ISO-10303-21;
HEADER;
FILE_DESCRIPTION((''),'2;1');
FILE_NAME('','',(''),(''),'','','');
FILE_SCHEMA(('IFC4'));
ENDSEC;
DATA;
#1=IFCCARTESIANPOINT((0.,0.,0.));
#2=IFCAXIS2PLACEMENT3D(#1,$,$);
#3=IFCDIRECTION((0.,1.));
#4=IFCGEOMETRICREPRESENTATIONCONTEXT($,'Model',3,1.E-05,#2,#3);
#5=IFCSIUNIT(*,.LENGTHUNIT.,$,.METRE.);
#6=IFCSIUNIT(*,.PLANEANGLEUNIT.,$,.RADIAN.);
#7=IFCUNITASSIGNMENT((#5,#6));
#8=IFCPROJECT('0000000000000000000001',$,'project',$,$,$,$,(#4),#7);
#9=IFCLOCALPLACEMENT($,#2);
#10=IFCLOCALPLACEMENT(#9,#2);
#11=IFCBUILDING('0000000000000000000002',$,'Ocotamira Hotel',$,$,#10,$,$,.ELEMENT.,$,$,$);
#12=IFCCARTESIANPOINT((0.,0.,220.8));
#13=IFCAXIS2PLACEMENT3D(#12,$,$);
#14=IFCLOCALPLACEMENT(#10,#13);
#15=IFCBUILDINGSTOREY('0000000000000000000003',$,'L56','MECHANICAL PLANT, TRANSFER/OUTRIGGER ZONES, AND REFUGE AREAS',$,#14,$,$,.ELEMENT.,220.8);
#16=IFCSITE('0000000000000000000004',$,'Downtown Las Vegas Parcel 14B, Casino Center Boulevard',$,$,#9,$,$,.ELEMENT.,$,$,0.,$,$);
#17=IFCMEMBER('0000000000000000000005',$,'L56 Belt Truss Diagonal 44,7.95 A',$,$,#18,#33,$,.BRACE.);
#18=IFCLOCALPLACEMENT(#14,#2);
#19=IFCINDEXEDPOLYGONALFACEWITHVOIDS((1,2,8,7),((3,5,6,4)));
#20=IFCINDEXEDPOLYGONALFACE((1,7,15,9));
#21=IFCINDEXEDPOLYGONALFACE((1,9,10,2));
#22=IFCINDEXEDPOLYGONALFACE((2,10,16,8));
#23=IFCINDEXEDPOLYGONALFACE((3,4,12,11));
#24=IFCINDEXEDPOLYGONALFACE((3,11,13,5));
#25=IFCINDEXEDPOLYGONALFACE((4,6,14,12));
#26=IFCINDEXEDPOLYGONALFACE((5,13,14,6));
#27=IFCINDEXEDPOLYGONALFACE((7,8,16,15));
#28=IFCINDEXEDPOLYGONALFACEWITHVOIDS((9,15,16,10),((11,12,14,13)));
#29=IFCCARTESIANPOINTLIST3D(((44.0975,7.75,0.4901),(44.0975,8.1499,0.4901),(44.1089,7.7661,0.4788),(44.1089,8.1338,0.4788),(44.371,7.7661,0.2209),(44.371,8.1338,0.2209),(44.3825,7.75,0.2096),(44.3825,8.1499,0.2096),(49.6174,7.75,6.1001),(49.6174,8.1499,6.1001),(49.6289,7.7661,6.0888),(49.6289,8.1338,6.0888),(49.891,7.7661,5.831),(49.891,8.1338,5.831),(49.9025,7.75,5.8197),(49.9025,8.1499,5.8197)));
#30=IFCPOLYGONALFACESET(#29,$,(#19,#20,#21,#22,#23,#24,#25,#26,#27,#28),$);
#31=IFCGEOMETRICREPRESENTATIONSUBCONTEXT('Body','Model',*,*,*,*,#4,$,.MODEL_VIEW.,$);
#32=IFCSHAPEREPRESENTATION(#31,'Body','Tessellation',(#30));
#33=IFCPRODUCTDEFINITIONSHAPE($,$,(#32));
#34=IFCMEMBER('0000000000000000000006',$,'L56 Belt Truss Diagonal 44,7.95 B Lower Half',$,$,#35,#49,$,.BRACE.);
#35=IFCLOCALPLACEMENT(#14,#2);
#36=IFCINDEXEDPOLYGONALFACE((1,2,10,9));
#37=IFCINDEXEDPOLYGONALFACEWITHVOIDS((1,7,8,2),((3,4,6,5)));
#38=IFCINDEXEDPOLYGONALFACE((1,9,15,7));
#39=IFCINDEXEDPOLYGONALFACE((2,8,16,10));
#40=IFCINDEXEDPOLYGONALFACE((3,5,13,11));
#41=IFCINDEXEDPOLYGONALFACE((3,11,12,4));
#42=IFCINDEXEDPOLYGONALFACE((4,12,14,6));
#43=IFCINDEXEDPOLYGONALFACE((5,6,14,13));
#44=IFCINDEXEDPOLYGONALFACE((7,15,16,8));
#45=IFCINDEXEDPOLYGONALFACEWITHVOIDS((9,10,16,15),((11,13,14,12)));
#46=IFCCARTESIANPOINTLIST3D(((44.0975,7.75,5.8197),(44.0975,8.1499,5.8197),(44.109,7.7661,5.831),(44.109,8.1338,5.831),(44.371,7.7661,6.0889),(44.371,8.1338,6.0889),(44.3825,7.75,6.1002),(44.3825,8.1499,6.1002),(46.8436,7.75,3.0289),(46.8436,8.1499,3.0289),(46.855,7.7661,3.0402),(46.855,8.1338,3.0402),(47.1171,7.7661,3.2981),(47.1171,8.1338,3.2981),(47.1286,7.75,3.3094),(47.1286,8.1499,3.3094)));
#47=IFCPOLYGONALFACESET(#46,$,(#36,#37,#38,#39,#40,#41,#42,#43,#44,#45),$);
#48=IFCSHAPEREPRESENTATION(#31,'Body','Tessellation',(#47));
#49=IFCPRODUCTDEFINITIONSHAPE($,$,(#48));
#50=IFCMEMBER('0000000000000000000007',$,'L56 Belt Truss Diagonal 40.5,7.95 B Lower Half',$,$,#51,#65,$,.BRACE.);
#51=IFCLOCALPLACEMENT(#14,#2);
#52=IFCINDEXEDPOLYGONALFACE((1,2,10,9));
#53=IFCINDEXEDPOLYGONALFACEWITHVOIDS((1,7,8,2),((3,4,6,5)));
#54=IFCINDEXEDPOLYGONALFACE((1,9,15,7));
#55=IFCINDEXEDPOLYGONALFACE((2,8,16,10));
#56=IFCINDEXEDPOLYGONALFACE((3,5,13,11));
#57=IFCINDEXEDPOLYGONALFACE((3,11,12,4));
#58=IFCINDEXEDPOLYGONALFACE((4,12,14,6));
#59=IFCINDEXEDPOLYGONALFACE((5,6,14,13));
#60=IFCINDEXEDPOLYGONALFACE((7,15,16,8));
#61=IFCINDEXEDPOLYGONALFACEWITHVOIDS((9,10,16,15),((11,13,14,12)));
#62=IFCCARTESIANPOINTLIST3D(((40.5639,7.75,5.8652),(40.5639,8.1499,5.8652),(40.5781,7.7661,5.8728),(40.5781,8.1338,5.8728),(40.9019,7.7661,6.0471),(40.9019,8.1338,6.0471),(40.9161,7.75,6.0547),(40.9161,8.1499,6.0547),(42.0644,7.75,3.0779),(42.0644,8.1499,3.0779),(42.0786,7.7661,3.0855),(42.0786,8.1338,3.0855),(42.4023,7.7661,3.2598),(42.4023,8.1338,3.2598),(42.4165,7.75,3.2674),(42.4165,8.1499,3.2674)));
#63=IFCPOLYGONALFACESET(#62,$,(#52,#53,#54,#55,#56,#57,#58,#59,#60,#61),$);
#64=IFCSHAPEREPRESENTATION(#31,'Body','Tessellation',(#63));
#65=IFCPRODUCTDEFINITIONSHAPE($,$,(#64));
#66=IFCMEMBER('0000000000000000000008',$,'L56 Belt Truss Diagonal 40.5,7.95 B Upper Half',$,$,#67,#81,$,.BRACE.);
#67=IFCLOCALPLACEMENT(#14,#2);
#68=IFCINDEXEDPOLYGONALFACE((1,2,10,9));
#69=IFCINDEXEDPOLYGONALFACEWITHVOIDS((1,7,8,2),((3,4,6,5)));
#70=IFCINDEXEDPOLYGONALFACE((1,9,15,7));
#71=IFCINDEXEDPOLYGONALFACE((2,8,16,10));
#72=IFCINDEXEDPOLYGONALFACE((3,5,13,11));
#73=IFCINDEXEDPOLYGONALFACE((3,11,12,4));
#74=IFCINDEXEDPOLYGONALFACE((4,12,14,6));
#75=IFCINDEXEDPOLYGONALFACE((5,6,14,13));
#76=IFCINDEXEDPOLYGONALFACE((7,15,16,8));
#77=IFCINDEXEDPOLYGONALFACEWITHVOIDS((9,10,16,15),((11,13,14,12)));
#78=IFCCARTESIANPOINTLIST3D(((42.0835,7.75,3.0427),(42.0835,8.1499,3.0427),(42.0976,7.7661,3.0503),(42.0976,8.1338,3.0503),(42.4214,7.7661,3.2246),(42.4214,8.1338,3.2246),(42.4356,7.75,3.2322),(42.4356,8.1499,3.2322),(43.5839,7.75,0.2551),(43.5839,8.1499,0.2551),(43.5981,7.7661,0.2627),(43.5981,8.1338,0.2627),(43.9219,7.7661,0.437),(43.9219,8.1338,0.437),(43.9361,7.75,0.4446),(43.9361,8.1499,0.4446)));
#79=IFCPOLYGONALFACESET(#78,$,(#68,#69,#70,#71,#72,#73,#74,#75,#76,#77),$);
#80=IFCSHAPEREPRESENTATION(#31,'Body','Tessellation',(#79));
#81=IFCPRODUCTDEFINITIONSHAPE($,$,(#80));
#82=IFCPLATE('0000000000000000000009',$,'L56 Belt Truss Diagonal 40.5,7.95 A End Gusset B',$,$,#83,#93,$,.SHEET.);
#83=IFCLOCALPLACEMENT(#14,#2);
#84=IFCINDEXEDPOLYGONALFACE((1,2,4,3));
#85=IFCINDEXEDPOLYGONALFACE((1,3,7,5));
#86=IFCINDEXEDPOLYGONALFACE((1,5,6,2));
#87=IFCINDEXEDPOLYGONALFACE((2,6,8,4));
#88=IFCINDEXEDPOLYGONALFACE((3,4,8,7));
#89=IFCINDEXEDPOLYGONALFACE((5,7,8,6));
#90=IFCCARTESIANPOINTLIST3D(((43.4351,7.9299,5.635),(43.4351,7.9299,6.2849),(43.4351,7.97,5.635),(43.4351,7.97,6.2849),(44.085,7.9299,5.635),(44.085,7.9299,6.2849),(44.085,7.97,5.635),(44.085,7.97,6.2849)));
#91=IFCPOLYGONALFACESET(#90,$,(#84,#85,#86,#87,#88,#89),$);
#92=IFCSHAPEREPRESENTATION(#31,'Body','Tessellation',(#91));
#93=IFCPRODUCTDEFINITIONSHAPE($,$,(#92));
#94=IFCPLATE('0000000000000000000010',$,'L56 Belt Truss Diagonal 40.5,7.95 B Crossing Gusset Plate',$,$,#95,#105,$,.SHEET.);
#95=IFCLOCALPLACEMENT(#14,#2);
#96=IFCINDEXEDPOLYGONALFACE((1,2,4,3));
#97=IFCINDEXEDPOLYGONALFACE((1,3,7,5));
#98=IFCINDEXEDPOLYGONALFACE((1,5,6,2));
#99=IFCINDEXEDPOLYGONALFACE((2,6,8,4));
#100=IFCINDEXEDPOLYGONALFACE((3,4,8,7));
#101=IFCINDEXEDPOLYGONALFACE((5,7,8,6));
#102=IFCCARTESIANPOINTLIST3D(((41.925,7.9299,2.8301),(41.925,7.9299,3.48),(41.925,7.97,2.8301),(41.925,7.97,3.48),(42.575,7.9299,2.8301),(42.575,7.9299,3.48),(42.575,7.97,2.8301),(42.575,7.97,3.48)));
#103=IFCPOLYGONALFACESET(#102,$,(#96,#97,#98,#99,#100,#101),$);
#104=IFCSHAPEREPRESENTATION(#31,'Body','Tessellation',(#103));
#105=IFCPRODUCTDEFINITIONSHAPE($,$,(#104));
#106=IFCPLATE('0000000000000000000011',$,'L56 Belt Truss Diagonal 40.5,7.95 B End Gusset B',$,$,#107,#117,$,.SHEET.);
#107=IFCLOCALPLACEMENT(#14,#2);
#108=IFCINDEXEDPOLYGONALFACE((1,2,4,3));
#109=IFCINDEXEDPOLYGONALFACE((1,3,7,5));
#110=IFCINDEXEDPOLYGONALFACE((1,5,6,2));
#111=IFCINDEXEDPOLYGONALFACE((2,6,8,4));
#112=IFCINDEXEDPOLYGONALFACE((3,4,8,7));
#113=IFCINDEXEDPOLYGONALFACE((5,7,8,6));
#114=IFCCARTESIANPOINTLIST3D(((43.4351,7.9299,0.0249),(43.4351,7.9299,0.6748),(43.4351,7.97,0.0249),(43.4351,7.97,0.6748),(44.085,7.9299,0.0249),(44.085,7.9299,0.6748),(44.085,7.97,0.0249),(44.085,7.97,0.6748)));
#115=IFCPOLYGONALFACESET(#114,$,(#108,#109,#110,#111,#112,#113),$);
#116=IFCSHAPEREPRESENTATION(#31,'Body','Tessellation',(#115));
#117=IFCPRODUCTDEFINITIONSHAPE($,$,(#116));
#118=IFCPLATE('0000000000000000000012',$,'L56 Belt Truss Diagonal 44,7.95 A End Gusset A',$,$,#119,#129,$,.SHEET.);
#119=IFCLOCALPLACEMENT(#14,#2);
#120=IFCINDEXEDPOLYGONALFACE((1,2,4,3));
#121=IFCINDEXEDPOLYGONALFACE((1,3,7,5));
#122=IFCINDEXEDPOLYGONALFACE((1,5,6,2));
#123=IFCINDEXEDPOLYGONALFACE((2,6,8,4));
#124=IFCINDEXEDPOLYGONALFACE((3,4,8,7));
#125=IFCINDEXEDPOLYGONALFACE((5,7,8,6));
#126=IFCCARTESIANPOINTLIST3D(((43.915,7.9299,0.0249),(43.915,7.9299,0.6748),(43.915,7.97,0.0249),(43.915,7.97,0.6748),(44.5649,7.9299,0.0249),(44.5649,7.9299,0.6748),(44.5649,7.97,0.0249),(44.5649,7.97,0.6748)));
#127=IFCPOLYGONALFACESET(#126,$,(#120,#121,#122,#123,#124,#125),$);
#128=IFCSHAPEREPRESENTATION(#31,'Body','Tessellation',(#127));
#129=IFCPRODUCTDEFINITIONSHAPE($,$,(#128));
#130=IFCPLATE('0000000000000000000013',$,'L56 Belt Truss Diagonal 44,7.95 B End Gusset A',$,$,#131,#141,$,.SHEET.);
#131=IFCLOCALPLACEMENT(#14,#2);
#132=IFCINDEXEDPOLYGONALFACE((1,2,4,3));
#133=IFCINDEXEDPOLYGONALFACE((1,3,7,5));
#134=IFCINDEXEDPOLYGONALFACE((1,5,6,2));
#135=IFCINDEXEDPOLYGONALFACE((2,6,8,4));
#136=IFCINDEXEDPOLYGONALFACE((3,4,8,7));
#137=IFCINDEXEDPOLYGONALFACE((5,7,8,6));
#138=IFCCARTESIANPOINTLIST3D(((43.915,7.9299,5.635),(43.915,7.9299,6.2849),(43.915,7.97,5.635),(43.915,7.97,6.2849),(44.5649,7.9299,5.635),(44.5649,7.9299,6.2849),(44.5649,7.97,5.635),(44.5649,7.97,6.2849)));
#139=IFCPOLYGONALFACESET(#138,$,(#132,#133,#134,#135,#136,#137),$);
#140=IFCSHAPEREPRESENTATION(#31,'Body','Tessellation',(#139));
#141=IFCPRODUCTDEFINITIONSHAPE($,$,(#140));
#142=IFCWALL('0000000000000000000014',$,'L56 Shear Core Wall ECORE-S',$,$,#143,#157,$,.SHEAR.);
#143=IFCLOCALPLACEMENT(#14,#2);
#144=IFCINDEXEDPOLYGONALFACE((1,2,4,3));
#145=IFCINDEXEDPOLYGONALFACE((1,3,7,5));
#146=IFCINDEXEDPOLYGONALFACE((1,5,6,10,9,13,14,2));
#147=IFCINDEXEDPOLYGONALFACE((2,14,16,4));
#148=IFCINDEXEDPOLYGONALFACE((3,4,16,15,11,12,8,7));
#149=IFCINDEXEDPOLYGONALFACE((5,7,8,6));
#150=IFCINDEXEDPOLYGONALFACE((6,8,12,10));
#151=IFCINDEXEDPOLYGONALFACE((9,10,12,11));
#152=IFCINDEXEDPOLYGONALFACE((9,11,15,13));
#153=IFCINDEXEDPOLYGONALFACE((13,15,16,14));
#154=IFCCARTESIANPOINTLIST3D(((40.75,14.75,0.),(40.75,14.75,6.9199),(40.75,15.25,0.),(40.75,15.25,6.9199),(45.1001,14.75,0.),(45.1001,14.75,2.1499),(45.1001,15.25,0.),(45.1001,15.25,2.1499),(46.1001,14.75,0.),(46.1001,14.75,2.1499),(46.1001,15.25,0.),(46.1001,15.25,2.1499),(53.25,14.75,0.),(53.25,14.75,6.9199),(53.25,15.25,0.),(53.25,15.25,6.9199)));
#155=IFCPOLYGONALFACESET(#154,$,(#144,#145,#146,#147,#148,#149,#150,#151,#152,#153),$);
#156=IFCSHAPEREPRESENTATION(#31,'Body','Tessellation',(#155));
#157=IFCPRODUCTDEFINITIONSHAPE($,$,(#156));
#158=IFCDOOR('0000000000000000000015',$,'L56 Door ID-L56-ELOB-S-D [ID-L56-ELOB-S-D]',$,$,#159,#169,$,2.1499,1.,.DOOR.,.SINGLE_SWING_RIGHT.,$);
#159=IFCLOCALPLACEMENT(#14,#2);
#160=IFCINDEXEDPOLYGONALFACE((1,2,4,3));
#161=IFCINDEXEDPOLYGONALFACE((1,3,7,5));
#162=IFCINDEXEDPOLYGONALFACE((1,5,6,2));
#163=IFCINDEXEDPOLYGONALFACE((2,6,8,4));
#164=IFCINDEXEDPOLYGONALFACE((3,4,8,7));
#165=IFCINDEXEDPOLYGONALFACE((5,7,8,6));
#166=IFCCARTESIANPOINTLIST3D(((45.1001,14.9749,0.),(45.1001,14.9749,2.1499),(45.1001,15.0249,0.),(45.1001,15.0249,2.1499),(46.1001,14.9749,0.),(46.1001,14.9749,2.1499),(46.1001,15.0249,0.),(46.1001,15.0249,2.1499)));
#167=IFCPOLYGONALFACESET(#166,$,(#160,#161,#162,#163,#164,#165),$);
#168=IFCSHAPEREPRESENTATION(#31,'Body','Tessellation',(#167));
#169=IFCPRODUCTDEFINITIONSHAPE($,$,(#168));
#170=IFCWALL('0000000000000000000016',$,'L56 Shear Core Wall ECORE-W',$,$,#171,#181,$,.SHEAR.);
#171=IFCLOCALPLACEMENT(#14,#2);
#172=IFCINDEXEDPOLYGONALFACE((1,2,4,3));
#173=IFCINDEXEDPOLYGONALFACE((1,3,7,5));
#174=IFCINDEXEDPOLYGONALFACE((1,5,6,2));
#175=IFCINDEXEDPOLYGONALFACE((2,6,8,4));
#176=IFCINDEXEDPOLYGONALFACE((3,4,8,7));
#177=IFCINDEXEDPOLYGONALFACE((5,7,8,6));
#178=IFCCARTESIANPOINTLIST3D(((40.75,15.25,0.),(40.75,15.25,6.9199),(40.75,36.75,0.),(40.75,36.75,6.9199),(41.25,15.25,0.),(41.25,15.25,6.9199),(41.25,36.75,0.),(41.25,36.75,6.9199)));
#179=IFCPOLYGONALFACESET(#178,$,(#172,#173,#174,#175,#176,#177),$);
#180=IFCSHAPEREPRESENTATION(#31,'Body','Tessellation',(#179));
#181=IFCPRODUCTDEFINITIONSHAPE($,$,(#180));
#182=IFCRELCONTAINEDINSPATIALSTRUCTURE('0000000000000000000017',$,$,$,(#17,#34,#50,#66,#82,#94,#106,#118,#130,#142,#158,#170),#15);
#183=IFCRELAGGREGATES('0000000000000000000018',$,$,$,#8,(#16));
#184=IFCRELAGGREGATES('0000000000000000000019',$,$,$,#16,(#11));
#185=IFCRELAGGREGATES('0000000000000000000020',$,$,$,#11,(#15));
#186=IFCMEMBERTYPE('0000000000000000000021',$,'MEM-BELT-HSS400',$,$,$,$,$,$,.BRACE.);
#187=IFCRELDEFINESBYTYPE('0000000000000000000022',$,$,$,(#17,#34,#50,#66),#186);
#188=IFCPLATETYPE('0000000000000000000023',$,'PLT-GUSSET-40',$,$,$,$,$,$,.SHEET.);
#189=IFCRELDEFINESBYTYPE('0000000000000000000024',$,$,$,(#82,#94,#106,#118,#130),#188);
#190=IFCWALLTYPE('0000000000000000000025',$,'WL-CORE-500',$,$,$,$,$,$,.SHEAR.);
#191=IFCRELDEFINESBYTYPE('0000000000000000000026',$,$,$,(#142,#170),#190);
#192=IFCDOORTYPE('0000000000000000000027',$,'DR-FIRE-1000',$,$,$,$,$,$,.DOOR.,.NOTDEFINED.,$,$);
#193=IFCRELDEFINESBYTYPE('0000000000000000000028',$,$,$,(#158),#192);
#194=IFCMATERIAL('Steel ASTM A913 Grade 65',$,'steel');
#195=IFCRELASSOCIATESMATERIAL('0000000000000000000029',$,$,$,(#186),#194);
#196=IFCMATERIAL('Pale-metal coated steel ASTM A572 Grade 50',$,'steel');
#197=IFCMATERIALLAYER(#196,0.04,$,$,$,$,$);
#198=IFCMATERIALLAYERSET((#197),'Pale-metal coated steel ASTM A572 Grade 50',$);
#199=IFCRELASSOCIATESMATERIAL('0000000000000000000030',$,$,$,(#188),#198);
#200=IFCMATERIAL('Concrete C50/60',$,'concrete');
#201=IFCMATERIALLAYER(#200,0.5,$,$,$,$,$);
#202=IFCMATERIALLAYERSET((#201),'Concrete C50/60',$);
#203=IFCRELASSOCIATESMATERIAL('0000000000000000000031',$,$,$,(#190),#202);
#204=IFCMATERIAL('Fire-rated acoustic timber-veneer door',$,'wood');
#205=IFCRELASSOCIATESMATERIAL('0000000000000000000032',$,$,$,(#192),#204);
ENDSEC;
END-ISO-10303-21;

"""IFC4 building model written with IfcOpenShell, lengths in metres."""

from ifc_helpers import new_model, si_unit, direction, frame, frame_2d, origin, origin_2d, place, context, subcontext, project, spatial, rectangle, hollow_rectangle, extrude, source, transform, mapped, material, layer, layer_set, material_profile, profile_set, type_object, element, fill, save


model = new_model("IFC4")

# Units and contexts
model_context = context("Model", 3, precision=1e-05, world=origin(), true_north=direction((0.0, 1.0)))
body_context = subcontext(model_context, "Body", "Model", "MODEL_VIEW")
ifc_project = project(units=[si_unit("LENGTHUNIT", "METRE"), si_unit("PLANEANGLEUNIT", "RADIAN")], contexts=[model_context])

# Site, building, storey
site_placement = place(None, origin())
site = spatial("IfcSite", under=ifc_project, at=site_placement, Name="Downtown Las Vegas Parcel 14B, Casino Center Boulevard", CompositionType="ELEMENT", RefElevation=0.0)
building_placement = place(site_placement, origin())
building = spatial("IfcBuilding", under=site, at=building_placement, Name="Ocotamira Hotel", CompositionType="ELEMENT")
storey_placement = place(building_placement, frame((0.0, 0.0, 220.8)))
storey = spatial("IfcBuildingStorey", under=building, at=storey_placement, Name="L56", Description="MECHANICAL PLANT, TRANSFER/OUTRIGGER ZONES, AND REFUGE AREAS", CompositionType="ELEMENT", Elevation=220.8)

# Shared definitions
ifc_material_1 = material(Name="Steel ASTM A913 Grade 65", Category="steel")

# Members
ifc_material_profile_1 = material_profile(ifc_material_1, hollow_rectangle(XDim=0.3999, YDim=0.3999, WallThickness=0.0161, at=origin_2d()), Name="HSS400X400X16")
ifc_profile_set_1 = profile_set([ifc_material_profile_1], Name="Steel ASTM A913 Grade 65")
member_type = type_object("IfcMemberType", Name="MEM-BELT-HSS400", PredefinedType="BRACE", material=ifc_profile_set_1)
shared_shape_1 = source(origin(), body_context, "Body", "SweptSolid", [
    extrude(hollow_rectangle(XDim=0.3999, YDim=0.3999, WallThickness=0.0161, at=origin_2d()), origin(), (0.0, 0.0, 1.0), 7.8704),
])
member_1_placement = place(storey_placement, frame((44.24, 7.95, 0.3499), z_axis=(0.70136, 0.0, 0.712807), x_axis=(0.0, 1.0, 0.0)))
element("IfcMember", 1, at=member_1_placement, inside=storey, type_object=member_type, Name="L56 Belt Truss Diagonal 44,7.95 A", PredefinedType="BRACE", context=body_context, shape_type="MappedRepresentation", body=[
    mapped(shared_shape_1, transform((0.0, 0.0, 0.0), scale=1.0)),
])
shared_shape_2 = source(origin(), body_context, "Body", "SweptSolid", [
    extrude(hollow_rectangle(XDim=0.3999, YDim=0.3999, WallThickness=0.0161, at=origin_2d()), origin(), (0.0, 0.0, 1.0), 3.9153),
])
member_2_placement = place(storey_placement, frame((44.24, 7.95, 5.96), z_axis=(0.701378, 0.0, -0.712789), x_axis=(0.0, 1.0, 0.0)))
element("IfcMember", 2, at=member_2_placement, inside=storey, type_object=member_type, Name="L56 Belt Truss Diagonal 44,7.95 B Lower Half", PredefinedType="BRACE", context=body_context, shape_type="MappedRepresentation", body=[
    mapped(shared_shape_2, transform((0.0, 0.0, 0.0), scale=1.0)),
])
shared_shape_3 = source(origin(), body_context, "Body", "SweptSolid", [
    extrude(hollow_rectangle(XDim=0.3999, YDim=0.3999, WallThickness=0.0161, at=origin_2d()), origin(), (0.0, 0.0, 1.0), 3.1655),
])
member_3_placement = place(storey_placement, frame((40.74, 7.95, 5.96), z_axis=(0.474003, 0.0, -0.880523), x_axis=(0.0, 1.0, 0.0)))
element("IfcMember", 3, at=member_3_placement, inside=storey, type_object=member_type, Name="L56 Belt Truss Diagonal 40.5,7.95 B Lower Half", PredefinedType="BRACE", context=body_context, shape_type="MappedRepresentation", body=[
    mapped(shared_shape_3, transform((0.0, 0.0, 0.0), scale=1.0)),
])
shared_shape_4 = source(origin(), body_context, "Body", "SweptSolid", [
    extrude(hollow_rectangle(XDim=0.3999, YDim=0.3999, WallThickness=0.0161, at=origin_2d()), origin(), (0.0, 0.0, 1.0), 3.1658),
])
member_4_placement = place(storey_placement, frame((42.2595, 7.95, 3.1375), z_axis=(0.473971, 0.0, -0.88054), x_axis=(0.0, 1.0, 0.0)))
element("IfcMember", 4, at=member_4_placement, inside=storey, type_object=member_type, Name="L56 Belt Truss Diagonal 40.5,7.95 B Upper Half", PredefinedType="BRACE", context=body_context, shape_type="MappedRepresentation", body=[
    mapped(shared_shape_4, transform((0.0, 0.0, 0.0), scale=1.0)),
])

# Plates
ifc_material_2 = material(Name="Pale-metal coated steel ASTM A572 Grade 50", Category="steel")
ifc_layer_1 = layer(ifc_material_2, 0.04)
ifc_layer_set_1 = layer_set([ifc_layer_1], Name="Pale-metal coated steel ASTM A572 Grade 50")
plate_type = type_object("IfcPlateType", Name="PLT-GUSSET-40", PredefinedType="SHEET", material=ifc_layer_set_1)
shared_shape_5 = source(origin(), body_context, "Body", "SweptSolid", [
    extrude(rectangle(XDim=0.6499, YDim=0.04, at=origin_2d()), origin(), (0.0, 0.0, 1.0), 0.6499),
])
for number, where, z_axis, x_axis, name in (
    (5, (43.76, 7.95, 5.635), (0.0, 0.0, 1.0), (1.0, 0.0, 0.0), "L56 Belt Truss Diagonal 40.5,7.95 A End Gusset B"),
    (6, (42.25, 7.95, 2.8301), (0.0, 0.0, 1.0), (1.0, 0.0, 0.0), "L56 Belt Truss Diagonal 40.5,7.95 B Crossing Gusset Plate"),
    (7, (43.76, 7.95, 0.0249), (0.0, 0.0, 1.0), (1.0, 0.0, 0.0), "L56 Belt Truss Diagonal 40.5,7.95 B End Gusset B"),
    (8, (44.24, 7.95, 0.0249), (0.0, 0.0, 1.0), (1.0, 0.0, 0.0), "L56 Belt Truss Diagonal 44,7.95 A End Gusset A"),
    (9, (44.24, 7.95, 5.635), (0.0, 0.0, 1.0), (1.0, 0.0, 0.0), "L56 Belt Truss Diagonal 44,7.95 B End Gusset A"),
):
    element("IfcPlate", number, at=place(storey_placement, frame(where, z_axis=z_axis, x_axis=x_axis)), inside=storey, type_object=plate_type, Name=name, PredefinedType="SHEET", context=body_context, shape_type="MappedRepresentation", body=[
        mapped(shared_shape_5, transform((0.0, 0.0, 0.0), scale=1.0)),
    ])

# Wall, opening, door
ifc_material_3 = material(Name="Concrete C50/60", Category="concrete")
ifc_layer_2 = layer(ifc_material_3, 0.5)
ifc_layer_set_2 = layer_set([ifc_layer_2], Name="Concrete C50/60")
wall_type_1 = type_object("IfcWallType", Name="WL-CORE-500", PredefinedType="SHEAR", material=ifc_layer_set_2)
wall_1_placement = place(storey_placement, frame((40.75, 15.0, 0.0), z_axis=(0.0, 0.0, 1.0), x_axis=(1.0, 0.0, 0.0)))
wall_1 = element("IfcWall", 10, at=wall_1_placement, inside=storey, type_object=wall_type_1, Name="L56 Shear Core Wall ECORE-S", PredefinedType="SHEAR", context=body_context, shape_type="SweptSolid", body=[
    extrude(rectangle(XDim=12.5, YDim=0.5, at=frame_2d((6.25, 0.0))), origin(), (0.0, 0.0, 1.0), 6.9199),
])
opening_1_placement = place(wall_1_placement, frame((4.3501, 0.0, 0.0)))
opening_1 = element("IfcOpeningElement", 11, at=opening_1_placement, cuts=wall_1, PredefinedType="OPENING", context=body_context, shape_type="SweptSolid", body=[
    extrude(rectangle(XDim=1.0, YDim=2.1499, at=frame_2d((0.5, 1.075))), frame((0.0, 0.26, 0.0), z_axis=(0.0, -1.0, 0.0), x_axis=(1.0, 0.0, 0.0)), (0.0, 0.0, 1.0), 0.52),
])
ifc_material_4 = material(Name="Fire-rated acoustic timber-veneer door", Category="wood")
door_type_1 = type_object("IfcDoorType", Name="DR-FIRE-1000", OperationType="NOTDEFINED", PredefinedType="DOOR", material=ifc_material_4)
shared_shape_6 = source(origin(), body_context, "Body", "SweptSolid", [
    extrude(rectangle(XDim=1.0, YDim=2.1499, at=frame_2d((0.5, 1.075))), frame((0.0, 0.0249, 0.0), z_axis=(0.0, -1.0, 0.0), x_axis=(1.0, 0.0, 0.0)), (0.0, 0.0, 1.0), 0.05),
])
door_1_placement = place(opening_1_placement, origin())
door_1 = element("IfcDoor", 12, at=door_1_placement, inside=storey, type_object=door_type_1, Name="L56 Door ID-L56-ELOB-S-D [ID-L56-ELOB-S-D]", OperationType="SINGLE_SWING_RIGHT", OverallHeight=2.1499, OverallWidth=1.0, PredefinedType="DOOR", context=body_context, shape_type="MappedRepresentation", body=[
    mapped(shared_shape_6, transform((0.0, 0.0, 0.0), scale=1.0)),
])
fill(opening_1, door_1)

# Wall
wall_2_placement = place(storey_placement, frame((41.0, 15.25, 0.0), z_axis=(0.0, 0.0, 1.0), x_axis=(0.0, 1.0, 0.0)))
element("IfcWall", 13, at=wall_2_placement, inside=storey, type_object=wall_type_1, Name="L56 Shear Core Wall ECORE-W", PredefinedType="SHEAR", context=body_context, shape_type="SweptSolid", body=[
    extrude(rectangle(XDim=21.5, YDim=0.5, at=frame_2d((10.75, 0.0))), origin(), (0.0, 0.0, 1.0), 6.9199),
])

save(model, "model.ifc")
